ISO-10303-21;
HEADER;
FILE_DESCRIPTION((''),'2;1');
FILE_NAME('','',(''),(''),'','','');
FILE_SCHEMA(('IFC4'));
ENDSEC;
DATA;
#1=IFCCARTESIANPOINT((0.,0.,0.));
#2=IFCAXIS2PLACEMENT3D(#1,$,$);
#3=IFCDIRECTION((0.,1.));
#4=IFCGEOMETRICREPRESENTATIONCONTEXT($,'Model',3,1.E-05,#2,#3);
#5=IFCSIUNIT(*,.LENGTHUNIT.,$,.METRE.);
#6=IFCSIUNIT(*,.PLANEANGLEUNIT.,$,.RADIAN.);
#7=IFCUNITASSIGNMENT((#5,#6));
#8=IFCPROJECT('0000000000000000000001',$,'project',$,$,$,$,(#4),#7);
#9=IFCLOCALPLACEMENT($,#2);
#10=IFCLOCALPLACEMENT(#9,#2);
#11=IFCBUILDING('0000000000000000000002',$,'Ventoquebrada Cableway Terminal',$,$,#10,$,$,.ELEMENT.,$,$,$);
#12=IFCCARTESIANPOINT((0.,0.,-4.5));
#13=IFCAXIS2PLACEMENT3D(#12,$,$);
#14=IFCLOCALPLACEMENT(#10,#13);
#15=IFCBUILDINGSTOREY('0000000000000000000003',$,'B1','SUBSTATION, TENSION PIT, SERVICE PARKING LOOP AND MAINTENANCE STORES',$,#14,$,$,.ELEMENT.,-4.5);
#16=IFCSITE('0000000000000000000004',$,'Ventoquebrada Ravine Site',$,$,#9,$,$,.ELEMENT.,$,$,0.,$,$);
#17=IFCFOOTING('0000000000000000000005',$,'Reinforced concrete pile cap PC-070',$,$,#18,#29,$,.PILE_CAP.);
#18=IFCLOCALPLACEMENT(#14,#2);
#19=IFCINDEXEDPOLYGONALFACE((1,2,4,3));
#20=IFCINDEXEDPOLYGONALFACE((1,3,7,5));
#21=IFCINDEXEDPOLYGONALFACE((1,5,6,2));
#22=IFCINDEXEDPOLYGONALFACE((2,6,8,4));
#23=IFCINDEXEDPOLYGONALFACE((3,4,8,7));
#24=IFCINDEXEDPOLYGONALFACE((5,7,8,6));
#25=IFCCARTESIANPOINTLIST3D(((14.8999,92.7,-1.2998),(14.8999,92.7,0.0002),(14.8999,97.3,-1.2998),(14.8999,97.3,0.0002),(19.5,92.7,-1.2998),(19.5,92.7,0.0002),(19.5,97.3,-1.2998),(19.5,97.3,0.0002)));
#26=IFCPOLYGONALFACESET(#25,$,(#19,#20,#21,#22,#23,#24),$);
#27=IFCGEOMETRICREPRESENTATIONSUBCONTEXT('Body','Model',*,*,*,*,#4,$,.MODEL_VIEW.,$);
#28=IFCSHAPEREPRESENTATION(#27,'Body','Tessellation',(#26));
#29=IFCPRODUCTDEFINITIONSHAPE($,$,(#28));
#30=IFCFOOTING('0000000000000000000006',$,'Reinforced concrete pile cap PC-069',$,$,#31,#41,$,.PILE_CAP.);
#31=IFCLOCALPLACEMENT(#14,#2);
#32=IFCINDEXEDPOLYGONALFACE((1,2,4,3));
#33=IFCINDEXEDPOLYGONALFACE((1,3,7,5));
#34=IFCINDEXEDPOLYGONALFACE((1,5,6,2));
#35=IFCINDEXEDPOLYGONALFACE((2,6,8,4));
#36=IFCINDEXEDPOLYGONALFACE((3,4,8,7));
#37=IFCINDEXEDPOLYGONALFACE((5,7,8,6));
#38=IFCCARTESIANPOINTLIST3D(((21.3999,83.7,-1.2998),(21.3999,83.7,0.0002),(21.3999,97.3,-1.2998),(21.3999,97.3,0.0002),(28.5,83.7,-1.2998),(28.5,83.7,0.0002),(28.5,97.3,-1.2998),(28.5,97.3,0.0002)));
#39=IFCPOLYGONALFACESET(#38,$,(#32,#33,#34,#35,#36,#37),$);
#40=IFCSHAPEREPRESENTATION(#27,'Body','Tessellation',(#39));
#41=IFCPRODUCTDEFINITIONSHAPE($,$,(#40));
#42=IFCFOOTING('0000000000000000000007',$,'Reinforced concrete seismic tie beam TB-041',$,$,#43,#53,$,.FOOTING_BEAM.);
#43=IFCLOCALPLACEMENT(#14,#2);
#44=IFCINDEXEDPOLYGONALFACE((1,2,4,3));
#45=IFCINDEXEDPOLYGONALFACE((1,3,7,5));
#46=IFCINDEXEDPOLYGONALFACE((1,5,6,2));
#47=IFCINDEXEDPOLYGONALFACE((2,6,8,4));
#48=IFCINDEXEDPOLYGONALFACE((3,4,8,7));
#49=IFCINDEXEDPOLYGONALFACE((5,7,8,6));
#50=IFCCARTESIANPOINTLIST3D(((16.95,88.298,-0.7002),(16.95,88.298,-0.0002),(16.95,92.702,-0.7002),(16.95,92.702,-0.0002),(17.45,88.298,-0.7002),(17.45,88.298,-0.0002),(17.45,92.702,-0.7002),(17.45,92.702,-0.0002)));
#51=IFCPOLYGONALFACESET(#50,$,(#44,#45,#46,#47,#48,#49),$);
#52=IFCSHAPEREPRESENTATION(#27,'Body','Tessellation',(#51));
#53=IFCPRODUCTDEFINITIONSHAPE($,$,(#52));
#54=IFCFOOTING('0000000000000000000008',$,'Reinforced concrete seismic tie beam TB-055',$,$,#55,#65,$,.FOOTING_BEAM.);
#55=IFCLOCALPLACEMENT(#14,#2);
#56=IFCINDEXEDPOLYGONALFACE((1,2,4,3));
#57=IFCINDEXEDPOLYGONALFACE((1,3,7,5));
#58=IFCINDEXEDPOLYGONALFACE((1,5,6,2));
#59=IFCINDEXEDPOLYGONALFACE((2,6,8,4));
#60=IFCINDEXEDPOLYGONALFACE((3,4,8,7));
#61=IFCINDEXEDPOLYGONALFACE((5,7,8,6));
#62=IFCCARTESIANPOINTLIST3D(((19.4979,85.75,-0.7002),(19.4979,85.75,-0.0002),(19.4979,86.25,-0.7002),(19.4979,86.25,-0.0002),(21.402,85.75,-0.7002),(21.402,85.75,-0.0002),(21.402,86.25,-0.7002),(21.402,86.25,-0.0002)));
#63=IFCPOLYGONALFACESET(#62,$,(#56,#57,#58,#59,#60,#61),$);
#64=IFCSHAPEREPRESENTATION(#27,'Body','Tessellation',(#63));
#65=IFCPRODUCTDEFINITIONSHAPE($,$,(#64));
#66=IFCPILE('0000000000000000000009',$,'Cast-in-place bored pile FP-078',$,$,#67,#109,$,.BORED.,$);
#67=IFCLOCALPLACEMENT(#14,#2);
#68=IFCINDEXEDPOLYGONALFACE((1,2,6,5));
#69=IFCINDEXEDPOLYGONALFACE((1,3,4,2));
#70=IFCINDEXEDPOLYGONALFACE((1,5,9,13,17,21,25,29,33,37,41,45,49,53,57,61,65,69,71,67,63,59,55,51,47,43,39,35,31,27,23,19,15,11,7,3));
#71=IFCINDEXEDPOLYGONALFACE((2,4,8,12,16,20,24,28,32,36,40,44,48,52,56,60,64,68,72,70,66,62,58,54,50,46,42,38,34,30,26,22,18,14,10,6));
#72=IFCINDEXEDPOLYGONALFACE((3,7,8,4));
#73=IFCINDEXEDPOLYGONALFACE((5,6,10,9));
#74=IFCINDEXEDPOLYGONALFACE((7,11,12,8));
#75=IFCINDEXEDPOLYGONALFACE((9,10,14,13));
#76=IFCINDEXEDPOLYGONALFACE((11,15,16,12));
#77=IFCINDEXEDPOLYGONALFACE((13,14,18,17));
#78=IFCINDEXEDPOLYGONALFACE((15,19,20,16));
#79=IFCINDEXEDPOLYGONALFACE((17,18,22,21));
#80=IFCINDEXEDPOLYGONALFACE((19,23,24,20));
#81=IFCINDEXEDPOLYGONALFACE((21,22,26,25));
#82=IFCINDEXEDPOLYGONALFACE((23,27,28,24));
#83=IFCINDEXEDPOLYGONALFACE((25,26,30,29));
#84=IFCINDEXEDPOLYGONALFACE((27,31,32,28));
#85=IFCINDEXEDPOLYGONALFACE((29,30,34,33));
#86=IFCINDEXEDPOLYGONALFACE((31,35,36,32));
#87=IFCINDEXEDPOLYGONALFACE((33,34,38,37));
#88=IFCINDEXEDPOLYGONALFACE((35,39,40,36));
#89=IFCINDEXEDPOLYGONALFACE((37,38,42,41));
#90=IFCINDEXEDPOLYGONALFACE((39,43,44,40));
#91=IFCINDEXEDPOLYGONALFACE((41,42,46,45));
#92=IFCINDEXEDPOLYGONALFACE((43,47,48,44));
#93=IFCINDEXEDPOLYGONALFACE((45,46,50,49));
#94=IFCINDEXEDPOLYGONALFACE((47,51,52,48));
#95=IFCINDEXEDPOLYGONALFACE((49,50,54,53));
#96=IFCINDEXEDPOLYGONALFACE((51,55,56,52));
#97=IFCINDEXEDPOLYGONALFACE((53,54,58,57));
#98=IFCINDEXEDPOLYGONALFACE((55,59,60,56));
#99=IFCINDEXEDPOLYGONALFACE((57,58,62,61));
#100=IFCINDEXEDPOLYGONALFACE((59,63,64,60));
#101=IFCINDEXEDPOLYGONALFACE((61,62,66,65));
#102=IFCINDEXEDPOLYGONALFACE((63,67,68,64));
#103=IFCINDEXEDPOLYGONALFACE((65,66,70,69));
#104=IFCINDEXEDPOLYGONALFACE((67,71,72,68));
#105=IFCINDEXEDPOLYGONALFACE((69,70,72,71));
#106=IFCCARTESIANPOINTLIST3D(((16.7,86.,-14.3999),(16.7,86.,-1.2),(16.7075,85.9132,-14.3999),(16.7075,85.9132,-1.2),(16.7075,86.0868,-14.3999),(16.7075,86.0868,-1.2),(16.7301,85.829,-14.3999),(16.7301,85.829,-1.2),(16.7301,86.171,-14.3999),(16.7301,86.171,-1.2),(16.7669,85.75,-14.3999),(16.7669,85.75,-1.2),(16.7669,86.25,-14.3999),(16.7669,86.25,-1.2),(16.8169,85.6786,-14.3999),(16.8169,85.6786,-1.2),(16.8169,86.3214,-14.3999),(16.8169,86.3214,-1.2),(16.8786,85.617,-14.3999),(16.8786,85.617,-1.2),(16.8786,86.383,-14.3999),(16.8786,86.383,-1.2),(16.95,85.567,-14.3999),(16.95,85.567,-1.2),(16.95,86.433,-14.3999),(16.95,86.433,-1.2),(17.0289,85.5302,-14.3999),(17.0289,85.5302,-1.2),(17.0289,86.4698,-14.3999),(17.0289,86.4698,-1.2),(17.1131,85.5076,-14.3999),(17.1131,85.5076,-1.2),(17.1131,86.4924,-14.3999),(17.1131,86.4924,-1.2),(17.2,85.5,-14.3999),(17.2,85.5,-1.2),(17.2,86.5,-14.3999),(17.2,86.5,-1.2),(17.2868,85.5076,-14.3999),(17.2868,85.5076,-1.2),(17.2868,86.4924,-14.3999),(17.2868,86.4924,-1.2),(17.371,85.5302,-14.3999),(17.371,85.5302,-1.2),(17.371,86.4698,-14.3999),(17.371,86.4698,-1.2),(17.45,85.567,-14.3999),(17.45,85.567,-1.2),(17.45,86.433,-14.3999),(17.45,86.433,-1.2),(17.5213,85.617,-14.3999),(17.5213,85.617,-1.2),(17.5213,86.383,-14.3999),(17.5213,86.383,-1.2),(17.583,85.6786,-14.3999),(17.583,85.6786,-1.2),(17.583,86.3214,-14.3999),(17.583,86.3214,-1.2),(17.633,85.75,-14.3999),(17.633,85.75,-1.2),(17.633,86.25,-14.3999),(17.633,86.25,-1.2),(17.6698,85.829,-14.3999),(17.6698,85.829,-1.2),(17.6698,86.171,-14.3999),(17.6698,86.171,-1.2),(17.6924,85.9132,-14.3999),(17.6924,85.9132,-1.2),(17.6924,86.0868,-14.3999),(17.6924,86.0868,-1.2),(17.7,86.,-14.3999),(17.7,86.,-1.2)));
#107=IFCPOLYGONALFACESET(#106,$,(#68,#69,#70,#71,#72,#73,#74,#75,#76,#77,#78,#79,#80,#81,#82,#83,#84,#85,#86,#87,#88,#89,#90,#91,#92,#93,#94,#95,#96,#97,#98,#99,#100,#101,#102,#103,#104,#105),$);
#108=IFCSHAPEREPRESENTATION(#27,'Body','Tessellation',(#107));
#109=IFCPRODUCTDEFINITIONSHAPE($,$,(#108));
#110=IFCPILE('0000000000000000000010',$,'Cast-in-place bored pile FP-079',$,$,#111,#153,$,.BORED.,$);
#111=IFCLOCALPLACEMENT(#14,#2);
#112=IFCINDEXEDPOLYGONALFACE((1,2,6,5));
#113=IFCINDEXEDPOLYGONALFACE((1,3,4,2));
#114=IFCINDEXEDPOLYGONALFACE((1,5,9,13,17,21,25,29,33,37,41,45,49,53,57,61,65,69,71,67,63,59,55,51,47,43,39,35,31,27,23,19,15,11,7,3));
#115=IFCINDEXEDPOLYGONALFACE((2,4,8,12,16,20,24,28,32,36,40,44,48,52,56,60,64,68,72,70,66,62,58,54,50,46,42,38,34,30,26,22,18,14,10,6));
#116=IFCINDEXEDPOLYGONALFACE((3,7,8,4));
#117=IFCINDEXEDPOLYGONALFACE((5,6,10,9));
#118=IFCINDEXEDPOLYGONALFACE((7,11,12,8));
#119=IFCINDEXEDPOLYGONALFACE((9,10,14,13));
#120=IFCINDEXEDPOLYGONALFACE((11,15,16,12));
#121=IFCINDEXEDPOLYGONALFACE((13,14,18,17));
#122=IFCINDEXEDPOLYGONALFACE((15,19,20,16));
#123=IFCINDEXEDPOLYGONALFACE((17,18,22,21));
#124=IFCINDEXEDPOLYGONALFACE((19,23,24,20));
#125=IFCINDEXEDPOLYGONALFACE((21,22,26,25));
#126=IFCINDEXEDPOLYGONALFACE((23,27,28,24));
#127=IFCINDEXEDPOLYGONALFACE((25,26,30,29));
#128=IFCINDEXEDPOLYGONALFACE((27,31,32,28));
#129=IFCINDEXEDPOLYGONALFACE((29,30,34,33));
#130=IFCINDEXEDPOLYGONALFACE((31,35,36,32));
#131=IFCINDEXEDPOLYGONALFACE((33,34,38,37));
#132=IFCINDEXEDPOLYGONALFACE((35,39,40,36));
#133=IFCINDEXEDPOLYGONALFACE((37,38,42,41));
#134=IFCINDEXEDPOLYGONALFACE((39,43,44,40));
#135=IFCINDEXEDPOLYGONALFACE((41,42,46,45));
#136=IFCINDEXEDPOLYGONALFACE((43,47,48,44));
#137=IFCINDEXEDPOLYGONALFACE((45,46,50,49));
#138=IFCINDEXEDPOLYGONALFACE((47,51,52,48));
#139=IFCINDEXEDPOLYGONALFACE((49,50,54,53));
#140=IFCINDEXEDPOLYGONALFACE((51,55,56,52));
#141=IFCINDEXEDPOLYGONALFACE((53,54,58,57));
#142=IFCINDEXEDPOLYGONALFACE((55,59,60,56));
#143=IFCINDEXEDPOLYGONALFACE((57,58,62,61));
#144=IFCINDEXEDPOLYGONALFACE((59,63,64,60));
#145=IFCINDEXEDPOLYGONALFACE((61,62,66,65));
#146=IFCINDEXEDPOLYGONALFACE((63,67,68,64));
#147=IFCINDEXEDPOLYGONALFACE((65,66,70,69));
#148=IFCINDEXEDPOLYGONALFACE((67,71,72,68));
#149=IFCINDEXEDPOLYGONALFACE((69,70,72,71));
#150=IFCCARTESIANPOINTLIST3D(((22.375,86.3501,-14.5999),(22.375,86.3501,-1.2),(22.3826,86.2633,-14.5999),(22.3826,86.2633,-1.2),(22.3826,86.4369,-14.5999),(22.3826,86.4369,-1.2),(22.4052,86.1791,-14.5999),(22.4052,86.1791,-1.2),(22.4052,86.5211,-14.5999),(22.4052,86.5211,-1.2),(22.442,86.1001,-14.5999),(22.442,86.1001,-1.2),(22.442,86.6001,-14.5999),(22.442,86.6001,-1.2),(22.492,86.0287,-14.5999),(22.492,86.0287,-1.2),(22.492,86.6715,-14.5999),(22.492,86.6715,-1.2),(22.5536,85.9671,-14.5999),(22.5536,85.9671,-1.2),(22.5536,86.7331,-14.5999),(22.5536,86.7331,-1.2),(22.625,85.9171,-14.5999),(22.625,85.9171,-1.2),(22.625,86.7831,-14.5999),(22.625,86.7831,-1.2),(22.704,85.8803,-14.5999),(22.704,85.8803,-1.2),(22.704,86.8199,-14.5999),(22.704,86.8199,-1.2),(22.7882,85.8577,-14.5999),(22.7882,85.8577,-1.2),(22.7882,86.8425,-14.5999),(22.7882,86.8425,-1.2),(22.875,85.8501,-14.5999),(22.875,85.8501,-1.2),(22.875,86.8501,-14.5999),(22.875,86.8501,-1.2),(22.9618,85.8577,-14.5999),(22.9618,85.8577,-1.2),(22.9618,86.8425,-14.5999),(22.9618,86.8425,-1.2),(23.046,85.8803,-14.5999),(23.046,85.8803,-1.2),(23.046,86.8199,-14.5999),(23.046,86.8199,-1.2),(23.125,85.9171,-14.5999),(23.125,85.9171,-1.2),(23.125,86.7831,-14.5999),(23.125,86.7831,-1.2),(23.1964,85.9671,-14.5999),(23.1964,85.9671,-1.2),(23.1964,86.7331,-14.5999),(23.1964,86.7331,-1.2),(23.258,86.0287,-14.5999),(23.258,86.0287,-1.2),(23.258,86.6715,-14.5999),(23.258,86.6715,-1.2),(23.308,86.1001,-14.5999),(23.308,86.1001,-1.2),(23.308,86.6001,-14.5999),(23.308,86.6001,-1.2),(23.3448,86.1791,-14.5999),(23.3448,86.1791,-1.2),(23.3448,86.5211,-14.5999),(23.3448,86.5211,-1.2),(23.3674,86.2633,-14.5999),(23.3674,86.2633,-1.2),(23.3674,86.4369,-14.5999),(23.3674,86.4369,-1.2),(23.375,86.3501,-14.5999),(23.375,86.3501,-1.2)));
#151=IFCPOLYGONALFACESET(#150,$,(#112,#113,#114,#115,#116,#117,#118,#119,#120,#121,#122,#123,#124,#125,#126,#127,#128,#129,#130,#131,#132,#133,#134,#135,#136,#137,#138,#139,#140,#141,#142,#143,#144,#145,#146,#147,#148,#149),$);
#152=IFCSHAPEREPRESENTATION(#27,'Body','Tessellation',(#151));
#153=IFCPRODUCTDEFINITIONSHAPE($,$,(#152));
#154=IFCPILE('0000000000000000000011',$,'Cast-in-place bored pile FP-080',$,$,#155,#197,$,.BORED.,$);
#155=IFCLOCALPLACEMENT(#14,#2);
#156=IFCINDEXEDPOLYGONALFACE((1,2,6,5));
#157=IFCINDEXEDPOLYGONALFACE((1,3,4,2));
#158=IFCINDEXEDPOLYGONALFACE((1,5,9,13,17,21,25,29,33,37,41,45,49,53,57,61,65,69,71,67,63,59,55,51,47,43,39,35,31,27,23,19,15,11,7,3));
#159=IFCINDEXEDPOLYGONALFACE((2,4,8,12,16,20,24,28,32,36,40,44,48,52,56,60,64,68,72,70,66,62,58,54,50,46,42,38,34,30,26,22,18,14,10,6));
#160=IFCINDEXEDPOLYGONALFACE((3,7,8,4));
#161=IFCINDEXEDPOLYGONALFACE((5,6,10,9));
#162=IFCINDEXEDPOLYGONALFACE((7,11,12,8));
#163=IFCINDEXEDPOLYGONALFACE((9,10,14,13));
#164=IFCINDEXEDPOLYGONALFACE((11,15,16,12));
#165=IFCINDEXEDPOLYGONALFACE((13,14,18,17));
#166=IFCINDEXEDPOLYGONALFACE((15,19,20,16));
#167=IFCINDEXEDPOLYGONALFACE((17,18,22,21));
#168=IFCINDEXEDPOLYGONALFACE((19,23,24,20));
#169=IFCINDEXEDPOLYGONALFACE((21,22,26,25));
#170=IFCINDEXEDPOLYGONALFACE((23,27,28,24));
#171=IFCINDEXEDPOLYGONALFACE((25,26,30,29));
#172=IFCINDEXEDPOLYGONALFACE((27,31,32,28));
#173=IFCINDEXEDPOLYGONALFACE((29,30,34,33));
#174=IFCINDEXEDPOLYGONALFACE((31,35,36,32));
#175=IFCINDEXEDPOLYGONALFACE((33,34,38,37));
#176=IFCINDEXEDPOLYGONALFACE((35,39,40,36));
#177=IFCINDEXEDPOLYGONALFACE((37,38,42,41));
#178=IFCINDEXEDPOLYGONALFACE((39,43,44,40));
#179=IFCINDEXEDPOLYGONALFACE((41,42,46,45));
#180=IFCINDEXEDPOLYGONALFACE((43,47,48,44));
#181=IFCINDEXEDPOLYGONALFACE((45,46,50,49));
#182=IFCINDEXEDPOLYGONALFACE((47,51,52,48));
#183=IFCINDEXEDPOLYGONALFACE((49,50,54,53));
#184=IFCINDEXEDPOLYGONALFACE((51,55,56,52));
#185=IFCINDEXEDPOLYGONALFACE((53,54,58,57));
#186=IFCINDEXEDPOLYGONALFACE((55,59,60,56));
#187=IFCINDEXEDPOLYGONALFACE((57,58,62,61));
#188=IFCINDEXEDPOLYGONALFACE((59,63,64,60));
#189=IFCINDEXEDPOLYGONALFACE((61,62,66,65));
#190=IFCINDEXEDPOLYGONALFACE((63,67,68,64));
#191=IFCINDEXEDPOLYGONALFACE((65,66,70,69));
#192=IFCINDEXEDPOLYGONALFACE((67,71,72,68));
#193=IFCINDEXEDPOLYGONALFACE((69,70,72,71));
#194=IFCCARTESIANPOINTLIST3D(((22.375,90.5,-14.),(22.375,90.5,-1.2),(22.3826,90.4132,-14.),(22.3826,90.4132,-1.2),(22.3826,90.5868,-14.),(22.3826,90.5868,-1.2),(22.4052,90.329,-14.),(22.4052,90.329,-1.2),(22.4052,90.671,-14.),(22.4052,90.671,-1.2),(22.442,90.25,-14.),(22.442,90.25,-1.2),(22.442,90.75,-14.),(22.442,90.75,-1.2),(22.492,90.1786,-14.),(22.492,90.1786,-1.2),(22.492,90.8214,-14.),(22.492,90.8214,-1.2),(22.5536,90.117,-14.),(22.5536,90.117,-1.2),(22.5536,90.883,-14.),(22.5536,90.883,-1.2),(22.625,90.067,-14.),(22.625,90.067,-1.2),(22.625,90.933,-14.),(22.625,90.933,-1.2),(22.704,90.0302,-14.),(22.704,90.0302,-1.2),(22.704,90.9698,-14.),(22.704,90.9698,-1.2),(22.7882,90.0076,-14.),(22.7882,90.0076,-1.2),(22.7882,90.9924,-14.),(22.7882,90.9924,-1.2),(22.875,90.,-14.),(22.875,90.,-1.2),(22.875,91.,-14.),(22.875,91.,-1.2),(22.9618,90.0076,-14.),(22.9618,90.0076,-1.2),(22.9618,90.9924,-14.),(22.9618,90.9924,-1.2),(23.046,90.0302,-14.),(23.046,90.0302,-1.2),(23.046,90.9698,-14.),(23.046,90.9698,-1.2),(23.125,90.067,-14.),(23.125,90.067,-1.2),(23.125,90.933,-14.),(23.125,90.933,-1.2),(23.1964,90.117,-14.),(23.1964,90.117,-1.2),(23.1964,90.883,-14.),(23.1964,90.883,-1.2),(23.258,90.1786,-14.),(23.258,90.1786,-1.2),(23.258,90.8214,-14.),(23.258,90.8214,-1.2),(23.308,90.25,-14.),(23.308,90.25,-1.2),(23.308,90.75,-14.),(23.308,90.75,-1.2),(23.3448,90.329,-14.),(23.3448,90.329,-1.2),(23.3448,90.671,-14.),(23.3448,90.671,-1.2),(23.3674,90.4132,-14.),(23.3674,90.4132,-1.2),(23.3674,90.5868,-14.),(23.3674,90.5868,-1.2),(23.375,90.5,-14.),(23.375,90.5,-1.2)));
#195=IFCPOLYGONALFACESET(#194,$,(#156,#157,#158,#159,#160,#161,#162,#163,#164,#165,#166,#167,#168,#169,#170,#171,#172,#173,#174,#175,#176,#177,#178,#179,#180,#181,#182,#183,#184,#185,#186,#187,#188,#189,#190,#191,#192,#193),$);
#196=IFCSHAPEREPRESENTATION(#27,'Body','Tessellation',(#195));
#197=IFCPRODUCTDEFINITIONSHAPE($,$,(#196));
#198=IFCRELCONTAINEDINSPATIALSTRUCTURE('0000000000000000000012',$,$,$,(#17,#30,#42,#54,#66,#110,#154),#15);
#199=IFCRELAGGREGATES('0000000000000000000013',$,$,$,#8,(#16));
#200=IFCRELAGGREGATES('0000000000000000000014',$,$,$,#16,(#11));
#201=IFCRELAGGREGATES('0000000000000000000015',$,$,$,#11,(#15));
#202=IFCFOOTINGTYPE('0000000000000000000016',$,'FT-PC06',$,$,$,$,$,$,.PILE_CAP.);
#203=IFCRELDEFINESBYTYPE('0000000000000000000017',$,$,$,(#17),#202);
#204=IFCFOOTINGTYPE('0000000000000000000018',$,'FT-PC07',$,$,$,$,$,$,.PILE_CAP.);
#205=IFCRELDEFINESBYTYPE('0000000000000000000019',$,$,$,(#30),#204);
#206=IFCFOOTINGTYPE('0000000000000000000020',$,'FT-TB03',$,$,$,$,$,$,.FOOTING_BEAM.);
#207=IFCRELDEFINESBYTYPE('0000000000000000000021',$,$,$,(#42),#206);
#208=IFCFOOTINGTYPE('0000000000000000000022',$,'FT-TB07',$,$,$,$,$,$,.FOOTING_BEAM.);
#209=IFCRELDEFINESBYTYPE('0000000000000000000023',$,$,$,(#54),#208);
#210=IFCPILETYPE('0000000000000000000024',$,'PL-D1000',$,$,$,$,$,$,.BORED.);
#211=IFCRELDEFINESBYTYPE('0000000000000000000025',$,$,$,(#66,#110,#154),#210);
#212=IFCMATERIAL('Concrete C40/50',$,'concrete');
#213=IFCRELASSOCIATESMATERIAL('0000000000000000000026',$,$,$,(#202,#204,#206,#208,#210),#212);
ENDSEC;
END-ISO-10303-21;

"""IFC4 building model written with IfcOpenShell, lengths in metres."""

from ifc_helpers import new_model, si_unit, direction, frame, origin, origin_2d, place, context, subcontext, project, spatial, rectangle, circle, extrude, material, material_profile, profile_set, type_object, element, save


model = new_model("IFC4")

# Units and contexts
model_context = context("Model", 3, precision=1e-05, world=origin(), true_north=direction((0.0, 1.0)))
body_context = subcontext(model_context, "Body", "Model", "MODEL_VIEW")
ifc_project = project(units=[si_unit("LENGTHUNIT", "METRE"), si_unit("PLANEANGLEUNIT", "RADIAN")], contexts=[model_context])

# Site, building, storey
site_placement = place(None, origin())
site = spatial("IfcSite", under=ifc_project, at=site_placement, Name="Ventoquebrada Ravine Site", CompositionType="ELEMENT", RefElevation=0.0)
building_placement = place(site_placement, origin())
building = spatial("IfcBuilding", under=site, at=building_placement, Name="Ventoquebrada Cableway Terminal", CompositionType="ELEMENT")
storey_placement = place(building_placement, frame((0.0, 0.0, -4.5)))
storey = spatial("IfcBuildingStorey", under=building, at=storey_placement, Name="B1", Description="SUBSTATION, TENSION PIT, SERVICE PARKING LOOP AND MAINTENANCE STORES", CompositionType="ELEMENT", Elevation=-4.5)

# Footings
ifc_material_1 = material(Name="Concrete C40/50", Category="concrete")
footing_type_1 = type_object("IfcFootingType", Name="FT-PC06", PredefinedType="PILE_CAP", material=ifc_material_1)
footing_1_placement = place(storey_placement, frame((17.2, 95.0, -1.2998), z_axis=(0.0, 0.0, 1.0), x_axis=(1.0, 0.0, 0.0)))
element("IfcFooting", 1, at=footing_1_placement, inside=storey, type_object=footing_type_1, Name="Reinforced concrete pile cap PC-070", PredefinedType="PILE_CAP", context=body_context, shape_type="SweptSolid", body=[
    extrude(rectangle(XDim=4.6001, YDim=4.6001, at=origin_2d()), origin(), (0.0, 0.0, 1.0), 1.3),
])
footing_type_2 = type_object("IfcFootingType", Name="FT-PC07", PredefinedType="PILE_CAP", material=ifc_material_1)
footing_2_placement = place(storey_placement, frame((24.95, 90.5, -1.2998), z_axis=(0.0, 0.0, 1.0), x_axis=(1.0, 0.0, 0.0)))
element("IfcFooting", 2, at=footing_2_placement, inside=storey, type_object=footing_type_2, Name="Reinforced concrete pile cap PC-069", PredefinedType="PILE_CAP", context=body_context, shape_type="SweptSolid", body=[
    extrude(rectangle(XDim=7.1001, YDim=13.6001, at=origin_2d()), origin(), (0.0, 0.0, 1.0), 1.3),
])
footing_type_3 = type_object("IfcFootingType", Name="FT-TB03", PredefinedType="FOOTING_BEAM", material=ifc_material_1)
footing_3_placement = place(storey_placement, frame((17.2, 90.5, -0.7002), z_axis=(0.0, 0.0, 1.0), x_axis=(0.0, 1.0, 0.0)))
element("IfcFooting", 3, at=footing_3_placement, inside=storey, type_object=footing_type_3, Name="Reinforced concrete seismic tie beam TB-041", PredefinedType="FOOTING_BEAM", context=body_context, shape_type="SweptSolid", body=[
    extrude(rectangle(XDim=4.4041, YDim=0.5, at=origin_2d()), origin(), (0.0, 0.0, 1.0), 0.7),
])
footing_type_4 = type_object("IfcFootingType", Name="FT-TB07", PredefinedType="FOOTING_BEAM", material=ifc_material_1)
footing_4_placement = place(storey_placement, frame((20.45, 86.0, -0.7002), z_axis=(0.0, 0.0, 1.0), x_axis=(1.0, 0.0, 0.0)))
element("IfcFooting", 4, at=footing_4_placement, inside=storey, type_object=footing_type_4, Name="Reinforced concrete seismic tie beam TB-055", PredefinedType="FOOTING_BEAM", context=body_context, shape_type="SweptSolid", body=[
    extrude(rectangle(XDim=1.9041, YDim=0.5, at=origin_2d()), origin(), (0.0, 0.0, 1.0), 0.7),
])

# Piles
ifc_material_profile_1 = material_profile(ifc_material_1, circle(Radius=0.5, at=origin_2d()), Name="PILE-D1000")
ifc_profile_set_1 = profile_set([ifc_material_profile_1], Name="Concrete C40/50")
pile_type = type_object("IfcPileType", Name="PL-D1000", PredefinedType="BORED", material=ifc_profile_set_1)
pile_1_placement = place(storey_placement, frame((17.2, 86.0, -1.2), z_axis=(0.0, 0.0, -1.0), x_axis=(1.0, 0.0, 0.0)))
element("IfcPile", 5, at=pile_1_placement, inside=storey, type_object=pile_type, Name="Cast-in-place bored pile FP-078", PredefinedType="BORED", context=body_context, shape_type="SweptSolid", body=[
    extrude(circle(Radius=0.5, at=origin_2d()), origin(), (0.0, 0.0, 1.0), 13.2),
])
pile_2_placement = place(storey_placement, frame((22.875, 86.3501, -1.2), z_axis=(0.0, 0.0, -1.0), x_axis=(1.0, 0.0, 0.0)))
element("IfcPile", 6, at=pile_2_placement, inside=storey, type_object=pile_type, Name="Cast-in-place bored pile FP-079", PredefinedType="BORED", context=body_context, shape_type="SweptSolid", body=[
    extrude(circle(Radius=0.5, at=origin_2d()), origin(), (0.0, 0.0, 1.0), 13.3999),
])
pile_3_placement = place(storey_placement, frame((22.875, 90.5, -1.2), z_axis=(0.0, 0.0, -1.0), x_axis=(1.0, 0.0, 0.0)))
element("IfcPile", 7, at=pile_3_placement, inside=storey, type_object=pile_type, Name="Cast-in-place bored pile FP-080", PredefinedType="BORED", context=body_context, shape_type="SweptSolid", body=[
    extrude(circle(Radius=0.5, at=origin_2d()), origin(), (0.0, 0.0, 1.0), 12.8),
])

save(model, "model.ifc")
